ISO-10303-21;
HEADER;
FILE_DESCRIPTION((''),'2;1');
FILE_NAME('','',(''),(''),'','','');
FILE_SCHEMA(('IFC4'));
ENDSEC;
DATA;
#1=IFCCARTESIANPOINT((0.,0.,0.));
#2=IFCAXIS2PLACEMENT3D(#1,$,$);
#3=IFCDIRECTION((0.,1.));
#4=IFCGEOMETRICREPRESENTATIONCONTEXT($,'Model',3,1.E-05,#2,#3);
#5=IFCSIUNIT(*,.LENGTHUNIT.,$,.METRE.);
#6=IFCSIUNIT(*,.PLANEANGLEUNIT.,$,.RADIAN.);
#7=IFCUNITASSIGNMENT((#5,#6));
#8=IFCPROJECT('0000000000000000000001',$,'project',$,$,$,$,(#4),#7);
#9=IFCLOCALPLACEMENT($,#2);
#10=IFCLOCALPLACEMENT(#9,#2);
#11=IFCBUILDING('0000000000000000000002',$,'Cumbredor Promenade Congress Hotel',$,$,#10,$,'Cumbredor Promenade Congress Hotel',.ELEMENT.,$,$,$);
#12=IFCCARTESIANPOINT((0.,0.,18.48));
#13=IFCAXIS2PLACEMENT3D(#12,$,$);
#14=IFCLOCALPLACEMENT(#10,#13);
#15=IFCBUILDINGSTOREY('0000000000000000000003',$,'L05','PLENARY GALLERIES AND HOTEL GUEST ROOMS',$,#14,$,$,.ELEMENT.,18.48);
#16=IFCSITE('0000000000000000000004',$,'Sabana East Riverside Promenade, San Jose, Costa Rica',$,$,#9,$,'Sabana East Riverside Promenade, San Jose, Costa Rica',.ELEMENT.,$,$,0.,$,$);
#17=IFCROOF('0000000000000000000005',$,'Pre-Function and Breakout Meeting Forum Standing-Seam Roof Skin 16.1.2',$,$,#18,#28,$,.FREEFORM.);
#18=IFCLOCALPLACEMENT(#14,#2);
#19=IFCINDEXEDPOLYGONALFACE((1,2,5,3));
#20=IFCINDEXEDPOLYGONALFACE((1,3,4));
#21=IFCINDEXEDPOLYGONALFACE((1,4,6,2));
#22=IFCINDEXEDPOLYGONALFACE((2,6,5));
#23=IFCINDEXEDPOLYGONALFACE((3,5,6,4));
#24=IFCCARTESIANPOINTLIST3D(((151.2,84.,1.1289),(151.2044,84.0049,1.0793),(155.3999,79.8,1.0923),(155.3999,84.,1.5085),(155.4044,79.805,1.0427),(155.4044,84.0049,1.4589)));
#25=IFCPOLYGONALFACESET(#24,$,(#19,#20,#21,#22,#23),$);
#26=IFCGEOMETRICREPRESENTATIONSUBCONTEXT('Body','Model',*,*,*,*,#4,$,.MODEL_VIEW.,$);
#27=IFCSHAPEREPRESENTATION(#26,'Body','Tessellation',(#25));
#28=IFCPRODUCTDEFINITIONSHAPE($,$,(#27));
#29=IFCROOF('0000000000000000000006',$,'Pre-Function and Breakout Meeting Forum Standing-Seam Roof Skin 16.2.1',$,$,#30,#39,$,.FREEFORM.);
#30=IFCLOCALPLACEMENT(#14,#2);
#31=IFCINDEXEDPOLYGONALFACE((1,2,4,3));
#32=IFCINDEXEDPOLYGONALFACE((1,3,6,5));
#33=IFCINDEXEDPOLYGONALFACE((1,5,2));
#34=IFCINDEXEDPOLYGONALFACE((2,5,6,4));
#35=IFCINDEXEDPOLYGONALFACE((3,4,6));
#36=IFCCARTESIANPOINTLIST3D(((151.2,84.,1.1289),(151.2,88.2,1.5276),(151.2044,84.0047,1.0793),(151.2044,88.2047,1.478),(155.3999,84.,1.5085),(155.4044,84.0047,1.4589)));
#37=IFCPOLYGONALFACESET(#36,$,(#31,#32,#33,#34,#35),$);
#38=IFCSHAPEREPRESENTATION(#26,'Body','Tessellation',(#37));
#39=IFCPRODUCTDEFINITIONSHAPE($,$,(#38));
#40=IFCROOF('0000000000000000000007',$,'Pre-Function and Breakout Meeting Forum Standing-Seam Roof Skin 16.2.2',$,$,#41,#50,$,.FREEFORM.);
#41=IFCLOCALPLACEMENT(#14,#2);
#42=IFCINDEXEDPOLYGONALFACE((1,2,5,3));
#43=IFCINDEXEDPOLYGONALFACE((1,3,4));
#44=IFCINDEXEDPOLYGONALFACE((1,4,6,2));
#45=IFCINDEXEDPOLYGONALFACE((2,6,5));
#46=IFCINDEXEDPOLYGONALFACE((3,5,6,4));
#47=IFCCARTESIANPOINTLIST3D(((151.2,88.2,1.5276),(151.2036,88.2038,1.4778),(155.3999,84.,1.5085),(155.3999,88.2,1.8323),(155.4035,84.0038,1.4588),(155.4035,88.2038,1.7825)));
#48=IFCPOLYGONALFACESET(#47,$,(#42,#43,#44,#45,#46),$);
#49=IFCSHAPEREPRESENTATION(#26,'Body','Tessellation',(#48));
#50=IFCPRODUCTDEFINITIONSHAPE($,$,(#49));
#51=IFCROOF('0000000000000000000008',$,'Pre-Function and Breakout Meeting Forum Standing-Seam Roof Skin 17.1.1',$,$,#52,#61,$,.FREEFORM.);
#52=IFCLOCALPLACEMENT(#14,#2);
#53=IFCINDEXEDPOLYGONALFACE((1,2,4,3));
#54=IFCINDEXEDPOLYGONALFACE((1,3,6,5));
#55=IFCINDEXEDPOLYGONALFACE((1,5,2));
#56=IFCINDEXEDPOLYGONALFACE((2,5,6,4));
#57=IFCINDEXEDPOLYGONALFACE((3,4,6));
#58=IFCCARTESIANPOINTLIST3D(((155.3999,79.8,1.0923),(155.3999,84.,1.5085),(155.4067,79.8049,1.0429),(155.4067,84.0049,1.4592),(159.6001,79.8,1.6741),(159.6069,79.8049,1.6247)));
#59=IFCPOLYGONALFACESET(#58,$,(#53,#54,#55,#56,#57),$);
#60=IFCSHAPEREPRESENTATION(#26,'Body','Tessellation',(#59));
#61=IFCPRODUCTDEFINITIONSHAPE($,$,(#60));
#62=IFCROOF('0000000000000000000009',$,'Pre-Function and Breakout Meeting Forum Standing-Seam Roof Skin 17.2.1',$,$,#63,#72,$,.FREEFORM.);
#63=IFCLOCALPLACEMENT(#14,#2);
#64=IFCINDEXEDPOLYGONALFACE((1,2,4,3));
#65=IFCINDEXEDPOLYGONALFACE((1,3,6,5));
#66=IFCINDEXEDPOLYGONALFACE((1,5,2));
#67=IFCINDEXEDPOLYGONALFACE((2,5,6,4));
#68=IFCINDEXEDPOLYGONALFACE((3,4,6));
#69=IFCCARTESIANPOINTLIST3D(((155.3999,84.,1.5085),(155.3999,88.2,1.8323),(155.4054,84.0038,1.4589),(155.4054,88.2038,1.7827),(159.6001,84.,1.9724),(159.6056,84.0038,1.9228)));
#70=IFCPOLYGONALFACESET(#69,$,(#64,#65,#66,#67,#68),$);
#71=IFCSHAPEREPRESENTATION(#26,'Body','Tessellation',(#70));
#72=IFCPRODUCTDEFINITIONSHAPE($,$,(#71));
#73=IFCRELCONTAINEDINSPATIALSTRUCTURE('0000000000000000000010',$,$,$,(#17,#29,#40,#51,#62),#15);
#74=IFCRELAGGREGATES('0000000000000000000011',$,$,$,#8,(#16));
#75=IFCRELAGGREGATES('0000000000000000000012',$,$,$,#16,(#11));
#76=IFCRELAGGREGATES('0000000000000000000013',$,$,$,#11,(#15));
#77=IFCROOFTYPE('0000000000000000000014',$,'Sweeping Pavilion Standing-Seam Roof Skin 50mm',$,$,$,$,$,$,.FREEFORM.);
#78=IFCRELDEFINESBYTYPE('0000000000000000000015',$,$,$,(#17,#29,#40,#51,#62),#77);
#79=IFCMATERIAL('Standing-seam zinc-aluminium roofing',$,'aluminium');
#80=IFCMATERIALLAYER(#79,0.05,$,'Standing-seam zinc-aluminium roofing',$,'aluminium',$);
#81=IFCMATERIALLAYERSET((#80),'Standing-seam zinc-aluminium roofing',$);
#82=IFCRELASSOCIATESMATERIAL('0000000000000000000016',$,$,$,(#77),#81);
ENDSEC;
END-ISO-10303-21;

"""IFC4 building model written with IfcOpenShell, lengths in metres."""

from ifc_helpers import new_model, si_unit, direction, frame, origin, place, context, subcontext, project, spatial, polyline, outline, extrude, material, layer, layer_set, type_object, element, save


model = new_model("IFC4")

# Units and contexts
model_context = context("Model", 3, precision=1e-05, world=origin(), true_north=direction((0.0, 1.0)))
body_context = subcontext(model_context, "Body", "Model", "MODEL_VIEW")
ifc_project = project(units=[si_unit("LENGTHUNIT", "METRE"), si_unit("PLANEANGLEUNIT", "RADIAN")], contexts=[model_context])

# Site, building, storey
site_placement = place(None, origin())
site = spatial("IfcSite", under=ifc_project, at=site_placement, Name="Sabana East Riverside Promenade, San Jose, Costa Rica", LongName="Sabana East Riverside Promenade, San Jose, Costa Rica", CompositionType="ELEMENT", RefElevation=0.0)
building_placement = place(site_placement, origin())
building = spatial("IfcBuilding", under=site, at=building_placement, Name="Cumbredor Promenade Congress Hotel", LongName="Cumbredor Promenade Congress Hotel", CompositionType="ELEMENT")
storey_placement = place(building_placement, frame((0.0, 0.0, 18.48)))
storey = spatial("IfcBuildingStorey", under=building, at=storey_placement, Name="L05", Description="PLENARY GALLERIES AND HOTEL GUEST ROOMS", CompositionType="ELEMENT", Elevation=18.48)

# Roofs
ifc_material_1 = material(Name="Standing-seam zinc-aluminium roofing", Category="aluminium")
ifc_layer_1 = layer(ifc_material_1, 0.05, Name="Standing-seam zinc-aluminium roofing", Category="aluminium")
ifc_layer_set_1 = layer_set([ifc_layer_1], Name="Standing-seam zinc-aluminium roofing")
roof_type = type_object("IfcRoofType", Name="Sweeping Pavilion Standing-Seam Roof Skin 50mm", PredefinedType="FREEFORM", material=ifc_layer_set_1)
roof_1_placement = place(storey_placement, frame((155.3999, 79.8, 1.0923), z_axis=(-0.089589, -0.098231, 0.991123), x_axis=(0.0, 0.995124, 0.098627)))
element("IfcRoof", 1, at=roof_1_placement, inside=storey, type_object=roof_type, Name="Pre-Function and Breakout Meeting Forum Standing-Seam Roof Skin 16.1.2", PredefinedType="FREEFORM", context=body_context, shape_type="SweptSolid", body=[
    extrude(outline(polyline([(0.0, 0.0), (4.2205, 0.0), (4.1831, 4.2169), (0.0, 0.0)])), origin(), (0.0, 0.0, -1.0), 0.05),
])
roof_2_placement = place(storey_placement, frame((151.2, 84.0, 1.1289), z_axis=(-0.089625, -0.09412, 0.991518), x_axis=(0.99594, 0.0, 0.090024)))
element("IfcRoof", 2, at=roof_2_placement, inside=storey, type_object=roof_type, Name="Pre-Function and Breakout Meeting Forum Standing-Seam Roof Skin 16.2.1", PredefinedType="FREEFORM", context=body_context, shape_type="SweptSolid", body=[
    extrude(outline(polyline([(0.0, 0.0), (4.2171, 0.0), (0.0359, 4.2187), (0.0, 0.0)])), origin(), (0.0, 0.0, -1.0), 0.05),
])
roof_3_placement = place(storey_placement, frame((155.3999, 84.0, 1.5085), z_axis=(-0.072142, -0.076651, 0.994445), x_axis=(0.0, 0.997043, 0.076852)))
element("IfcRoof", 3, at=roof_3_placement, inside=storey, type_object=roof_type, Name="Pre-Function and Breakout Meeting Forum Standing-Seam Roof Skin 16.2.2", PredefinedType="FREEFORM", context=body_context, shape_type="SweptSolid", body=[
    extrude(outline(polyline([(0.0, 0.0), (4.2124, 0.0), (4.189, 4.2109), (0.0, 0.0)])), origin(), (0.0, 0.0, -1.0), 0.05),
])
roof_4_placement = place(storey_placement, frame((155.3999, 79.8, 1.0923), z_axis=(-0.136548, -0.097704, 0.985804), x_axis=(0.990543, 0.0, 0.137204)))
element("IfcRoof", 4, at=roof_4_placement, inside=storey, type_object=roof_type, Name="Pre-Function and Breakout Meeting Forum Standing-Seam Roof Skin 17.1.1", PredefinedType="FREEFORM", context=body_context, shape_type="SweptSolid", body=[
    extrude(outline(polyline([(0.0, 0.0), (4.2403, 0.0), (0.0571, 4.2201), (0.0, 0.0)])), origin(), (0.0, 0.0, -1.0), 0.05),
])
roof_5_placement = place(storey_placement, frame((155.3999, 84.0, 1.5085), z_axis=(-0.109451, -0.07639, 0.991052), x_axis=(0.993957, 0.0, 0.109772)))
element("IfcRoof", 5, at=roof_5_placement, inside=storey, type_object=roof_type, Name="Pre-Function and Breakout Meeting Forum Standing-Seam Roof Skin 17.2.1", PredefinedType="FREEFORM", context=body_context, shape_type="SweptSolid", body=[
    extrude(outline(polyline([(0.0, 0.0), (4.2257, 0.0), (0.0355, 4.2123), (0.0, 0.0)])), origin(), (0.0, 0.0, -1.0), 0.05),
])

save(model, "model.ifc")
